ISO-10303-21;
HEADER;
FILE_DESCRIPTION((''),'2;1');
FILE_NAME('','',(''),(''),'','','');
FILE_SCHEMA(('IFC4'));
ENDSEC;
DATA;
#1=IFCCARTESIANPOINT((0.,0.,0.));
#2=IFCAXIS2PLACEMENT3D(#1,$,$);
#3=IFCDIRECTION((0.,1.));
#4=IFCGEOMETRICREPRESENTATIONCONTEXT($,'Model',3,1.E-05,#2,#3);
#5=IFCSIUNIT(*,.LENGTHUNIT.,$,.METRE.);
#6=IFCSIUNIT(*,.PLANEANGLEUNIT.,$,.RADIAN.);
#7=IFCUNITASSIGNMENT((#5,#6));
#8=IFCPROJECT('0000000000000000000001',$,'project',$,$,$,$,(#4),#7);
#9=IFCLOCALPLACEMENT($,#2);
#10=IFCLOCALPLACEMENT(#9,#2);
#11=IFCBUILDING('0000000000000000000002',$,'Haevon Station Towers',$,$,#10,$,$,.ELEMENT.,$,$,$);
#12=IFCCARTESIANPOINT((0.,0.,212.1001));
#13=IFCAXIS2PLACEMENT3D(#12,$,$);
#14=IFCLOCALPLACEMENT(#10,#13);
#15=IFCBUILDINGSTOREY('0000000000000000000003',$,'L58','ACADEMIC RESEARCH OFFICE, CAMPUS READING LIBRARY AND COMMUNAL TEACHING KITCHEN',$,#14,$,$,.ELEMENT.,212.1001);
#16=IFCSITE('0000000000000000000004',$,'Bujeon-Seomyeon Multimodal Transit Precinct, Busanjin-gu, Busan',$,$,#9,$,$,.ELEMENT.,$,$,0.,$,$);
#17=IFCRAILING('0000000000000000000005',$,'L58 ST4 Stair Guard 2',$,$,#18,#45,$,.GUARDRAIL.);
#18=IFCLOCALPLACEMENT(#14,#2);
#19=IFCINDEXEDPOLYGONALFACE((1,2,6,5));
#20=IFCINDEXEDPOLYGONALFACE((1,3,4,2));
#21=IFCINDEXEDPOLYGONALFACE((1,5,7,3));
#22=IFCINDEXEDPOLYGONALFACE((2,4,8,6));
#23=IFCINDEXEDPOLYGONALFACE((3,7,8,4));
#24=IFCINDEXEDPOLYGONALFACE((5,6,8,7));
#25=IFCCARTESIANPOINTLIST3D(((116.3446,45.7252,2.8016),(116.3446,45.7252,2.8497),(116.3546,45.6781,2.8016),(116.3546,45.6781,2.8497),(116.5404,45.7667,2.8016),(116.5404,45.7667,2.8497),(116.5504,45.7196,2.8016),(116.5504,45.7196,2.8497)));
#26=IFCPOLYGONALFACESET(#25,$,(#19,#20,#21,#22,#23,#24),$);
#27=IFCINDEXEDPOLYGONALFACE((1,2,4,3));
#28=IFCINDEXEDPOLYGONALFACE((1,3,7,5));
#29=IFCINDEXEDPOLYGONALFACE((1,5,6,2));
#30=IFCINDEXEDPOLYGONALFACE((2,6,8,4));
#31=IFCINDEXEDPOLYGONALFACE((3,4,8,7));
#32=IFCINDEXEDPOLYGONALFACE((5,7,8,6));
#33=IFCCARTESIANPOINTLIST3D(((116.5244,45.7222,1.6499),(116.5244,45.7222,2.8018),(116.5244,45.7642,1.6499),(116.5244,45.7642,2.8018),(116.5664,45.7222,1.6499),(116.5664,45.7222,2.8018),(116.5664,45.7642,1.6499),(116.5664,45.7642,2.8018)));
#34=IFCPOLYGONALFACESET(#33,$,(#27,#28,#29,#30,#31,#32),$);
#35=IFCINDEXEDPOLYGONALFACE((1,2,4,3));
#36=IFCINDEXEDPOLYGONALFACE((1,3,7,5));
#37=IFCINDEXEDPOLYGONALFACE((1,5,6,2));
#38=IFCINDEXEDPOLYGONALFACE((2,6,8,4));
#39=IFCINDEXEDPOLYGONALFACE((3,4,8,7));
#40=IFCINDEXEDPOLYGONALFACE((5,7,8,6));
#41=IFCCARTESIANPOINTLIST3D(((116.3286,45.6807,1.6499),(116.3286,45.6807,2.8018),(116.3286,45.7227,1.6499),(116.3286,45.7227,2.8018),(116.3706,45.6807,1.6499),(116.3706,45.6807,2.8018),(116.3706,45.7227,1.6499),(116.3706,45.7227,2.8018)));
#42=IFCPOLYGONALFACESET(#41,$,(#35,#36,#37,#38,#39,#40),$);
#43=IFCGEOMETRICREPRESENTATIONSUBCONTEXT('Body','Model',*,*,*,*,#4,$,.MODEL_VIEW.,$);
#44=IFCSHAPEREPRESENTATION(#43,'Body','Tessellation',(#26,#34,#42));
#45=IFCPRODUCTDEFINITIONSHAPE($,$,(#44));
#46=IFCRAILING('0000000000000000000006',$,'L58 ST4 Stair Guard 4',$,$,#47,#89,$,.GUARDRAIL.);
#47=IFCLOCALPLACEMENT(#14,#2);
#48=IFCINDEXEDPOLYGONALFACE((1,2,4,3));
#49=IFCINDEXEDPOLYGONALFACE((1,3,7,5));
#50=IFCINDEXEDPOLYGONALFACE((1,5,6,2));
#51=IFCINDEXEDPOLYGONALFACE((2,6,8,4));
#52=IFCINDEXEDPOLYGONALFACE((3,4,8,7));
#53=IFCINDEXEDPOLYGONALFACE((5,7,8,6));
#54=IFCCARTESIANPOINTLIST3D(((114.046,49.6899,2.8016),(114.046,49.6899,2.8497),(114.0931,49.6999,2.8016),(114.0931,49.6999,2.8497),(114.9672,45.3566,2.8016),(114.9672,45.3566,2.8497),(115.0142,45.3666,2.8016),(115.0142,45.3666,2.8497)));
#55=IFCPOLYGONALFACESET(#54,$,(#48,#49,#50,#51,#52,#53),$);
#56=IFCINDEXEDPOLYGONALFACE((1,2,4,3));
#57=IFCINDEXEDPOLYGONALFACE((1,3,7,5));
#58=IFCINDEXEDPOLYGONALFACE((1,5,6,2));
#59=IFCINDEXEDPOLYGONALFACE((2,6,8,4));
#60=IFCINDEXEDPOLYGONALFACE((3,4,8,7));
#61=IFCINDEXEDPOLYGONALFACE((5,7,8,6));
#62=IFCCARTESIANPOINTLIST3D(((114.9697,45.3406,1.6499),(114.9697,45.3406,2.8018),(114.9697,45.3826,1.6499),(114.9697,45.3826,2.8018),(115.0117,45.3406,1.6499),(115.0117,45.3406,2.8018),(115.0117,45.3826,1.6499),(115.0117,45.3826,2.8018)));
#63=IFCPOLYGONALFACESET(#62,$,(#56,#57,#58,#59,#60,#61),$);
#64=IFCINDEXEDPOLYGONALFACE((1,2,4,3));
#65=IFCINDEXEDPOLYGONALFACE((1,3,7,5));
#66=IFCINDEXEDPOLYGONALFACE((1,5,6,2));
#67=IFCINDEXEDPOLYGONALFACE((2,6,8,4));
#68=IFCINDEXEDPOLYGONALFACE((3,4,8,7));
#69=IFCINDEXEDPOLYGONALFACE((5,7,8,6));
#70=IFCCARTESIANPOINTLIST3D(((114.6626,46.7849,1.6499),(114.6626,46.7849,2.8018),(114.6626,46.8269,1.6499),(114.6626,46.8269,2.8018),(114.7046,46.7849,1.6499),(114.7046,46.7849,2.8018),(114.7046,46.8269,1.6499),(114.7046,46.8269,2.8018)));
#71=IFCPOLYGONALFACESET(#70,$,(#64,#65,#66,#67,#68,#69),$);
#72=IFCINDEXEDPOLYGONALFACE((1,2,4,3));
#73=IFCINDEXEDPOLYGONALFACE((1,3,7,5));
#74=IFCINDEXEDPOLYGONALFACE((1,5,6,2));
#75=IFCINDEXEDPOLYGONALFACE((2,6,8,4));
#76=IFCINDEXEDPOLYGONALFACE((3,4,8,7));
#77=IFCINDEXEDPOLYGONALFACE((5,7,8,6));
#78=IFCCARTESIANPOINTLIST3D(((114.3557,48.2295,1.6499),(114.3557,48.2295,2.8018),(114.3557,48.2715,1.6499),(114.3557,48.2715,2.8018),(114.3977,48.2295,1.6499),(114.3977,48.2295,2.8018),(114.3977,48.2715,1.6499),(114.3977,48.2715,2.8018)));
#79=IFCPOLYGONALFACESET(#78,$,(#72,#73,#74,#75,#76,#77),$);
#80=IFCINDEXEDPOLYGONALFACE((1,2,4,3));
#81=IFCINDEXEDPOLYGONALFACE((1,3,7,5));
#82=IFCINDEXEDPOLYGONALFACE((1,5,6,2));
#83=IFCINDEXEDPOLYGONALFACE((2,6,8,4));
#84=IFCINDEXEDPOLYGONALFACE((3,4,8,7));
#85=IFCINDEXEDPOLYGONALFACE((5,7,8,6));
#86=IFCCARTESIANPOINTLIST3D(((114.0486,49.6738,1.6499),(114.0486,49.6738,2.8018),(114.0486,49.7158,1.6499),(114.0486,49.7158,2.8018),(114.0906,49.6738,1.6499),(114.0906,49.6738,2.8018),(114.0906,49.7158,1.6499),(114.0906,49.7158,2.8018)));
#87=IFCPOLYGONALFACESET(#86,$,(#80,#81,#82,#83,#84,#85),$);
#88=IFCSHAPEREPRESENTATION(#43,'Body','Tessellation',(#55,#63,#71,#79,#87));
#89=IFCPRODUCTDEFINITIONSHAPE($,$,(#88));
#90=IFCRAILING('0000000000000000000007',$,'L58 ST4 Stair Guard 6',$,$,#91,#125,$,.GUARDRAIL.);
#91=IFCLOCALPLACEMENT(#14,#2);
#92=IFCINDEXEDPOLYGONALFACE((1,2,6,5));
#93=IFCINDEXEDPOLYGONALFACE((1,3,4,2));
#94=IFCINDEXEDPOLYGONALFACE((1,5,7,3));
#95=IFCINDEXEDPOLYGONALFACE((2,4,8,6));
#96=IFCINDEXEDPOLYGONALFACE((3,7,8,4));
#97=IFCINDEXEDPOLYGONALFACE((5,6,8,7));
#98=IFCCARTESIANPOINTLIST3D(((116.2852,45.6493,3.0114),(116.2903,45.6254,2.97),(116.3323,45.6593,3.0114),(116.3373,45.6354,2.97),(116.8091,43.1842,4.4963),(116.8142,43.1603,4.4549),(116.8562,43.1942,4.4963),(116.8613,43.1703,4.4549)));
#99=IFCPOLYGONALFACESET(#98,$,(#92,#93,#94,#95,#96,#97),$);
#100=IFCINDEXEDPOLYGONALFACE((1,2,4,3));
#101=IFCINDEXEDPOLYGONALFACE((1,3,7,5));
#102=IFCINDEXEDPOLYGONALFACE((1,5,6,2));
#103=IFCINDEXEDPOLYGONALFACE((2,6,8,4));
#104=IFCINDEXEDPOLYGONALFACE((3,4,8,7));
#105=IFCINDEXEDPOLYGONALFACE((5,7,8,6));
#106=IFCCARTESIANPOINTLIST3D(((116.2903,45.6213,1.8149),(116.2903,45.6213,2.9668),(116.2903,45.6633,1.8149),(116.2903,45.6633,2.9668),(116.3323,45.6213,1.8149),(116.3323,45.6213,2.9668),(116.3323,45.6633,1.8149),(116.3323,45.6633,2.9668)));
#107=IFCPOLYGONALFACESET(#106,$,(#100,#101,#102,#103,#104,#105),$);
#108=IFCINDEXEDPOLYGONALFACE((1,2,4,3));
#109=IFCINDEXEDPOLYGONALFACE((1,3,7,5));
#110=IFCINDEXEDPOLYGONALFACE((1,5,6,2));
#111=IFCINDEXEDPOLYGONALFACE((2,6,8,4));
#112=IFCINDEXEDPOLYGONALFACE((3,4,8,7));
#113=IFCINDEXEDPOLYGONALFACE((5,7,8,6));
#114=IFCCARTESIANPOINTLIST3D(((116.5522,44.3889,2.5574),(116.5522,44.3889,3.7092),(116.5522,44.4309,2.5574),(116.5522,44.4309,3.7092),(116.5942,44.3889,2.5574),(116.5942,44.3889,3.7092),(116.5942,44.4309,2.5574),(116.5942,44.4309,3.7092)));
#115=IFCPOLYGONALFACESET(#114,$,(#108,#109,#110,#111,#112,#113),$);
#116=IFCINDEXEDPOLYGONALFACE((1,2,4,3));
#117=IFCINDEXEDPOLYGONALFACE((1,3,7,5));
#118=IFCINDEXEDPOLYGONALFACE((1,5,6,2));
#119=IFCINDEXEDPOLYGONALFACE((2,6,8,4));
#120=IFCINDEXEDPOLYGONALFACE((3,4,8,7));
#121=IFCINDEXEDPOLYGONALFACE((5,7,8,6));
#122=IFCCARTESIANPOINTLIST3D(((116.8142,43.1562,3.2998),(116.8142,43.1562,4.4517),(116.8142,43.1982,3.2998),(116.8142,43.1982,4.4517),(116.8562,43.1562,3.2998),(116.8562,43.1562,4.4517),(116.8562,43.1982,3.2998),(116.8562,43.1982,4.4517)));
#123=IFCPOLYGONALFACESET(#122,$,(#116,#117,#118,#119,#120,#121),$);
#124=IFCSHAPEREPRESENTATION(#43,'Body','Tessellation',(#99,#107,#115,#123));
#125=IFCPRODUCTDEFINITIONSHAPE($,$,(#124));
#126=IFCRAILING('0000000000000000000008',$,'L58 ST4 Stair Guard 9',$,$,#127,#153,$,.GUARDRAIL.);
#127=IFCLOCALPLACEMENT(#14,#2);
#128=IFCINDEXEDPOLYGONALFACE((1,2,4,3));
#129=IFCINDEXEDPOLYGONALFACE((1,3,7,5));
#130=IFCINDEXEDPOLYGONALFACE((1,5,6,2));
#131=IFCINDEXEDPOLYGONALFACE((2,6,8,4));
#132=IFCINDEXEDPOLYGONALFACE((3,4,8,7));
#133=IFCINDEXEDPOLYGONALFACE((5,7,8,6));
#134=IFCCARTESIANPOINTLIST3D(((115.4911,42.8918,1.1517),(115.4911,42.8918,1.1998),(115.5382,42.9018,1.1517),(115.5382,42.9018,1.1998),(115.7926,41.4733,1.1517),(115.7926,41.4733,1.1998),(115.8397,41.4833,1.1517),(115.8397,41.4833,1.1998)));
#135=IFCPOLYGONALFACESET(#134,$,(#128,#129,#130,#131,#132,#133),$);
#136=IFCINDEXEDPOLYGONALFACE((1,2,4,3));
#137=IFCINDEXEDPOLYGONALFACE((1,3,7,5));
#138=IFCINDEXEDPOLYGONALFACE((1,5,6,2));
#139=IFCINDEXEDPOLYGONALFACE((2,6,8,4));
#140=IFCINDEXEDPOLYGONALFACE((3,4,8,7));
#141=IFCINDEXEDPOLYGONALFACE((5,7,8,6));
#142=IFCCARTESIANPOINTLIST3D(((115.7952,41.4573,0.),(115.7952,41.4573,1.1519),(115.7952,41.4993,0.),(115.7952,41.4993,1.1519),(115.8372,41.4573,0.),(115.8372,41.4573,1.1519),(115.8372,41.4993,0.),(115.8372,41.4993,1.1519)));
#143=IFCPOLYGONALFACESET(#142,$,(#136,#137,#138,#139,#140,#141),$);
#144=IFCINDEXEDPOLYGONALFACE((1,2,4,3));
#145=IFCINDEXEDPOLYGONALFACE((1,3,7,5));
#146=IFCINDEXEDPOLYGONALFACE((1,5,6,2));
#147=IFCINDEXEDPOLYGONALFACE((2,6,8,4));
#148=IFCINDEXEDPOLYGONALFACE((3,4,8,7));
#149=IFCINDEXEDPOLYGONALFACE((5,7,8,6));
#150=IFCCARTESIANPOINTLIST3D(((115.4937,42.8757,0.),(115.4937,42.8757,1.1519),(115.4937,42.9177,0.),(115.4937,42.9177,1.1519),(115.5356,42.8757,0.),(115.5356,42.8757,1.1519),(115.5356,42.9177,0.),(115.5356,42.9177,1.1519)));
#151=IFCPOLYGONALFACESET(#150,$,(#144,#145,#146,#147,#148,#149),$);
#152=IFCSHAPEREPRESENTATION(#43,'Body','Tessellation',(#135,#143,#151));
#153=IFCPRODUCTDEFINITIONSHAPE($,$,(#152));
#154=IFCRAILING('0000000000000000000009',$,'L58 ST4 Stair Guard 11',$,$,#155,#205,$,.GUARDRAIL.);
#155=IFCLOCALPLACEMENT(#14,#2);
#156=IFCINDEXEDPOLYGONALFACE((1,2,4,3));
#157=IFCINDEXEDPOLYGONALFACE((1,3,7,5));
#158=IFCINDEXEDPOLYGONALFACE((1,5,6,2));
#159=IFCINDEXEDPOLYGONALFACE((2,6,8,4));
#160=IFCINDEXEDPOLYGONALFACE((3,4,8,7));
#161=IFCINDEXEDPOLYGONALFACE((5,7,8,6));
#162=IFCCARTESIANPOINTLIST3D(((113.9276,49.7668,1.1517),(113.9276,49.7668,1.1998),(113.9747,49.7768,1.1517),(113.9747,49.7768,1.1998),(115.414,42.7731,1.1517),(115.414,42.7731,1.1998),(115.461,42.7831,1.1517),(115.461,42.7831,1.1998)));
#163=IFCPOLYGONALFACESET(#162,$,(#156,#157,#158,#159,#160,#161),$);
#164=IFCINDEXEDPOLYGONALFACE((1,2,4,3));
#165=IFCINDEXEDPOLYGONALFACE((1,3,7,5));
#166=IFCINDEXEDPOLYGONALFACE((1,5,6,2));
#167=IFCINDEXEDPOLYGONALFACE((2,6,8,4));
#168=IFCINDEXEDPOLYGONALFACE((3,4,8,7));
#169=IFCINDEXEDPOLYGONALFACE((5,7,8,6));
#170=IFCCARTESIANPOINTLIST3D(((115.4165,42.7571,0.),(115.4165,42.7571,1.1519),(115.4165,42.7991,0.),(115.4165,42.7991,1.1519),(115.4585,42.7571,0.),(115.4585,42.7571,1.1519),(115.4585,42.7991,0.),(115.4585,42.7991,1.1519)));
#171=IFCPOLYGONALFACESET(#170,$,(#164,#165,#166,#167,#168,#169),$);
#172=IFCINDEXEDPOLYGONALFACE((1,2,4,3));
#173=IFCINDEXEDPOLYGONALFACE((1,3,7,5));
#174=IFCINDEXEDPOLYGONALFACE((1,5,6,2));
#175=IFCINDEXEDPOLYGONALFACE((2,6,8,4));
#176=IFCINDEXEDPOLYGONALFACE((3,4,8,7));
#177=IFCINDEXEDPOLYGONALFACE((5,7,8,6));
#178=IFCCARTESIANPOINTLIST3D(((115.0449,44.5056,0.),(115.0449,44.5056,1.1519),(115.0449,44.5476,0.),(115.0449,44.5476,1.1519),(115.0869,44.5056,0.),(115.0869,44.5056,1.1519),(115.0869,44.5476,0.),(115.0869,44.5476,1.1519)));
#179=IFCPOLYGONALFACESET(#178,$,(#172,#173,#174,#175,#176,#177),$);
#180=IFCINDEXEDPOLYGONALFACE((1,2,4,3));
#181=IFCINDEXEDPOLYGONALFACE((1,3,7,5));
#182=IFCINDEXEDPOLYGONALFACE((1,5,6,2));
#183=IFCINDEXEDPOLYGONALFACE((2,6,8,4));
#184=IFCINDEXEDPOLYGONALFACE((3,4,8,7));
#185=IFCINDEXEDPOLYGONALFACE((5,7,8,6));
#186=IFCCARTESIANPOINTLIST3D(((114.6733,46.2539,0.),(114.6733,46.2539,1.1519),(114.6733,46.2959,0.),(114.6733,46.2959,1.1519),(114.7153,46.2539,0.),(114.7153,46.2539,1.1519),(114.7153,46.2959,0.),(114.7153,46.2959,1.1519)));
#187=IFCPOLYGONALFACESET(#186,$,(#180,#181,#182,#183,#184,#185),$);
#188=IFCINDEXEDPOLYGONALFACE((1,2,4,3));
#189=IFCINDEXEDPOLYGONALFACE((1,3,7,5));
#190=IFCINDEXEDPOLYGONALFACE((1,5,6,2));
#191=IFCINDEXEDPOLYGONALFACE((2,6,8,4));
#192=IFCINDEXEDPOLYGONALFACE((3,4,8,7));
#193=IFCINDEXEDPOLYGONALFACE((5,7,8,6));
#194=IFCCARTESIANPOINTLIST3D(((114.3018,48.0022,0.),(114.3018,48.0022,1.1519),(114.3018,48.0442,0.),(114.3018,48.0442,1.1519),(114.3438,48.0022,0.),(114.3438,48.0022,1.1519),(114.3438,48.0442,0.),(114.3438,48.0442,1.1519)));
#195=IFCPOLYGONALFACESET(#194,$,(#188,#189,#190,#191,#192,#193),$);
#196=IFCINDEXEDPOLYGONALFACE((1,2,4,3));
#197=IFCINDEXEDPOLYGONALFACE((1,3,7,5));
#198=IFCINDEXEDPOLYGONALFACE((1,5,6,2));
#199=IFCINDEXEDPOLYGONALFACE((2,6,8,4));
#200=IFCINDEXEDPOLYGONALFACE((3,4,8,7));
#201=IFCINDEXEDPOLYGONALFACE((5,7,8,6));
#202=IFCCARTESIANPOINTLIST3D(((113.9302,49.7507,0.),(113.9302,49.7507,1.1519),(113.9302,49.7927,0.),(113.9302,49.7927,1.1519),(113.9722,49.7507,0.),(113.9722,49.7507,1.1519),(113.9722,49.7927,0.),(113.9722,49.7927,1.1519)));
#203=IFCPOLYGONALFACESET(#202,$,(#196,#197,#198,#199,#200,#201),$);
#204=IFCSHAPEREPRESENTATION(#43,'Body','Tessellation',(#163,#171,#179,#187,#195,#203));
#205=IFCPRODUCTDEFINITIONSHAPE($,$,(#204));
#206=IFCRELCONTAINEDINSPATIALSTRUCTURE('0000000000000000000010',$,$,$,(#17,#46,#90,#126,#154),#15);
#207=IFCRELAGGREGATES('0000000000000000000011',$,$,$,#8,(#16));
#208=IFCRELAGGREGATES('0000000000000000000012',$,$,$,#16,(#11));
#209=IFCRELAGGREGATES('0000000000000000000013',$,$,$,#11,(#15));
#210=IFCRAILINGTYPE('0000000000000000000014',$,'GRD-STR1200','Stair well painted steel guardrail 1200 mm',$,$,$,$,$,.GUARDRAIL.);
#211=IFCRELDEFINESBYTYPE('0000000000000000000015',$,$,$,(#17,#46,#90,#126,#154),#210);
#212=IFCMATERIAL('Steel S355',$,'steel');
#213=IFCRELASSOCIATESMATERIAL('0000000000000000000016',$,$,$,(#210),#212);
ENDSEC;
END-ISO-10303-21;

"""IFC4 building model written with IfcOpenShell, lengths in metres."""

from ifc_helpers import new_model, si_unit, direction, frame, origin, origin_2d, place, context, subcontext, project, spatial, rectangle, extrude, material, type_object, element, save


model = new_model("IFC4")

# Units and contexts
model_context = context("Model", 3, precision=1e-05, world=origin(), true_north=direction((0.0, 1.0)))
body_context = subcontext(model_context, "Body", "Model", "MODEL_VIEW")
ifc_project = project(units=[si_unit("LENGTHUNIT", "METRE"), si_unit("PLANEANGLEUNIT", "RADIAN")], contexts=[model_context])

# Site, building, storey
site_placement = place(None, origin())
site = spatial("IfcSite", under=ifc_project, at=site_placement, Name="Bujeon-Seomyeon Multimodal Transit Precinct, Busanjin-gu, Busan", CompositionType="ELEMENT", RefElevation=0.0)
building_placement = place(site_placement, origin())
building = spatial("IfcBuilding", under=site, at=building_placement, Name="Haevon Station Towers", CompositionType="ELEMENT")
storey_placement = place(building_placement, frame((0.0, 0.0, 212.1001)))
storey = spatial("IfcBuildingStorey", under=building, at=storey_placement, Name="L58", Description="ACADEMIC RESEARCH OFFICE, CAMPUS READING LIBRARY AND COMMUNAL TEACHING KITCHEN", CompositionType="ELEMENT", Elevation=212.1001)

# Shared definitions
ifc_material_1 = material(Name="Steel S355", Category="steel")

# Railings
railing_type_1 = type_object("IfcRailingType", Name="GRD-STR1200", Description="Stair well painted steel guardrail 1200 mm", PredefinedType="GUARDRAIL", material=ifc_material_1)
railing_1_placement = place(storey_placement, frame((116.5454, 45.7432, 1.6499)))
element("IfcRailing", 1, at=railing_1_placement, inside=storey, type_object=railing_type_1, Name="L58 ST4 Stair Guard 2", PredefinedType="GUARDRAIL", context=body_context, shape_type="SweptSolid", body=[
    extrude(rectangle(XDim=0.0481, YDim=0.0481, at=origin_2d()), frame((0.0, 0.0, 1.1758), z_axis=(-0.978264, -0.207363, 0.0), x_axis=(0.207363, -0.978264, 0.0)), (0.0, 0.0, 1.0), 0.2002),
    extrude(rectangle(XDim=0.042, YDim=0.042, at=origin_2d()), origin(), (0.0, 0.0, 1.0), 1.1519),
    extrude(rectangle(XDim=0.042, YDim=0.042, at=origin_2d()), frame((-0.1958, -0.0415, 0.0)), (0.0, 0.0, 1.0), 1.1519),
])
railing_2_placement = place(storey_placement, frame((114.9907, 45.3616, 1.6499)))
element("IfcRailing", 2, at=railing_2_placement, inside=storey, type_object=railing_type_1, Name="L58 ST4 Stair Guard 4", PredefinedType="GUARDRAIL", context=body_context, shape_type="SweptSolid", body=[
    extrude(rectangle(XDim=0.0481, YDim=0.0481, at=origin_2d()), frame((0.0, 0.0, 1.1758), z_axis=(-0.207929, 0.978144, 0.0), x_axis=(-0.978144, -0.207929, 0.0)), (0.0, 0.0, 1.0), 4.4302),
    extrude(rectangle(XDim=0.042, YDim=0.042, at=origin_2d()), origin(), (0.0, 0.0, 1.0), 1.1519),
    extrude(rectangle(XDim=0.042, YDim=0.042, at=origin_2d()), frame((-0.3071, 1.4443, 0.0)), (0.0, 0.0, 1.0), 1.1519),
    extrude(rectangle(XDim=0.042, YDim=0.042, at=origin_2d()), frame((-0.614, 2.8889, 0.0)), (0.0, 0.0, 1.0), 1.1519),
    extrude(rectangle(XDim=0.042, YDim=0.042, at=origin_2d()), frame((-0.9211, 4.3333, 0.0)), (0.0, 0.0, 1.0), 1.1519),
])
railing_3_placement = place(storey_placement, frame((116.3113, 45.6423, 1.8149)))
element("IfcRailing", 3, at=railing_3_placement, inside=storey, type_object=railing_type_1, Name="L58 ST4 Stair Guard 6", PredefinedType="GUARDRAIL", context=body_context, shape_type="SweptSolid", body=[
    extrude(rectangle(XDim=0.0481, YDim=0.0481, at=origin_2d()), frame((0.0, 0.0, 1.1758), z_axis=(0.179116, -0.842748, 0.507635), x_axis=(0.978151, 0.207895, 0.0)), (0.0, 0.0, 1.0), 2.925),
    extrude(rectangle(XDim=0.042, YDim=0.042, at=origin_2d()), origin(), (0.0, 0.0, 1.0), 1.1519),
    extrude(rectangle(XDim=0.042, YDim=0.042, at=origin_2d()), frame((0.262, -1.2324, 0.7424)), (0.0, 0.0, 1.0), 1.1519),
    extrude(rectangle(XDim=0.042, YDim=0.042, at=origin_2d()), frame((0.5239, -2.4651, 1.4849)), (0.0, 0.0, 1.0), 1.1519),
])
railing_4_placement = place(storey_placement, frame((115.8162, 41.4783, 0.0)))
element("IfcRailing", 4, at=railing_4_placement, inside=storey, type_object=railing_type_1, Name="L58 ST4 Stair Guard 9", PredefinedType="GUARDRAIL", context=body_context, shape_type="SweptSolid", body=[
    extrude(rectangle(XDim=0.0481, YDim=0.0481, at=origin_2d()), frame((0.0, 0.0, 1.1758), z_axis=(-0.207919, 0.978146, 0.0), x_axis=(-0.978146, -0.207919, 0.0)), (0.0, 0.0, 1.0), 1.4502),
    extrude(rectangle(XDim=0.042, YDim=0.042, at=origin_2d()), origin(), (0.0, 0.0, 1.0), 1.1519),
    extrude(rectangle(XDim=0.042, YDim=0.042, at=origin_2d()), frame((-0.3015, 1.4185, 0.0)), (0.0, 0.0, 1.0), 1.1519),
])
railing_5_placement = place(storey_placement, frame((115.4375, 42.7781, 0.0)))
element("IfcRailing", 5, at=railing_5_placement, inside=storey, type_object=railing_type_1, Name="L58 ST4 Stair Guard 11", PredefinedType="GUARDRAIL", context=body_context, shape_type="SweptSolid", body=[
    extrude(rectangle(XDim=0.0481, YDim=0.0481, at=origin_2d()), frame((0.0, 0.0, 1.1758), z_axis=(-0.207882, 0.978154, 0.0), x_axis=(-0.978154, -0.207882, 0.0)), (0.0, 0.0, 1.0), 7.1499),
    extrude(rectangle(XDim=0.042, YDim=0.042, at=origin_2d()), origin(), (0.0, 0.0, 1.0), 1.1519),
    extrude(rectangle(XDim=0.042, YDim=0.042, at=origin_2d()), frame((-0.3716, 1.7485, 0.0)), (0.0, 0.0, 1.0), 1.1519),
    extrude(rectangle(XDim=0.042, YDim=0.042, at=origin_2d()), frame((-0.7432, 3.4968, 0.0)), (0.0, 0.0, 1.0), 1.1519),
    extrude(rectangle(XDim=0.042, YDim=0.042, at=origin_2d()), frame((-1.1147, 5.2451, 0.0)), (0.0, 0.0, 1.0), 1.1519),
    extrude(rectangle(XDim=0.042, YDim=0.042, at=origin_2d()), frame((-1.4863, 6.9937, 0.0)), (0.0, 0.0, 1.0), 1.1519),
])

save(model, "model.ifc")
